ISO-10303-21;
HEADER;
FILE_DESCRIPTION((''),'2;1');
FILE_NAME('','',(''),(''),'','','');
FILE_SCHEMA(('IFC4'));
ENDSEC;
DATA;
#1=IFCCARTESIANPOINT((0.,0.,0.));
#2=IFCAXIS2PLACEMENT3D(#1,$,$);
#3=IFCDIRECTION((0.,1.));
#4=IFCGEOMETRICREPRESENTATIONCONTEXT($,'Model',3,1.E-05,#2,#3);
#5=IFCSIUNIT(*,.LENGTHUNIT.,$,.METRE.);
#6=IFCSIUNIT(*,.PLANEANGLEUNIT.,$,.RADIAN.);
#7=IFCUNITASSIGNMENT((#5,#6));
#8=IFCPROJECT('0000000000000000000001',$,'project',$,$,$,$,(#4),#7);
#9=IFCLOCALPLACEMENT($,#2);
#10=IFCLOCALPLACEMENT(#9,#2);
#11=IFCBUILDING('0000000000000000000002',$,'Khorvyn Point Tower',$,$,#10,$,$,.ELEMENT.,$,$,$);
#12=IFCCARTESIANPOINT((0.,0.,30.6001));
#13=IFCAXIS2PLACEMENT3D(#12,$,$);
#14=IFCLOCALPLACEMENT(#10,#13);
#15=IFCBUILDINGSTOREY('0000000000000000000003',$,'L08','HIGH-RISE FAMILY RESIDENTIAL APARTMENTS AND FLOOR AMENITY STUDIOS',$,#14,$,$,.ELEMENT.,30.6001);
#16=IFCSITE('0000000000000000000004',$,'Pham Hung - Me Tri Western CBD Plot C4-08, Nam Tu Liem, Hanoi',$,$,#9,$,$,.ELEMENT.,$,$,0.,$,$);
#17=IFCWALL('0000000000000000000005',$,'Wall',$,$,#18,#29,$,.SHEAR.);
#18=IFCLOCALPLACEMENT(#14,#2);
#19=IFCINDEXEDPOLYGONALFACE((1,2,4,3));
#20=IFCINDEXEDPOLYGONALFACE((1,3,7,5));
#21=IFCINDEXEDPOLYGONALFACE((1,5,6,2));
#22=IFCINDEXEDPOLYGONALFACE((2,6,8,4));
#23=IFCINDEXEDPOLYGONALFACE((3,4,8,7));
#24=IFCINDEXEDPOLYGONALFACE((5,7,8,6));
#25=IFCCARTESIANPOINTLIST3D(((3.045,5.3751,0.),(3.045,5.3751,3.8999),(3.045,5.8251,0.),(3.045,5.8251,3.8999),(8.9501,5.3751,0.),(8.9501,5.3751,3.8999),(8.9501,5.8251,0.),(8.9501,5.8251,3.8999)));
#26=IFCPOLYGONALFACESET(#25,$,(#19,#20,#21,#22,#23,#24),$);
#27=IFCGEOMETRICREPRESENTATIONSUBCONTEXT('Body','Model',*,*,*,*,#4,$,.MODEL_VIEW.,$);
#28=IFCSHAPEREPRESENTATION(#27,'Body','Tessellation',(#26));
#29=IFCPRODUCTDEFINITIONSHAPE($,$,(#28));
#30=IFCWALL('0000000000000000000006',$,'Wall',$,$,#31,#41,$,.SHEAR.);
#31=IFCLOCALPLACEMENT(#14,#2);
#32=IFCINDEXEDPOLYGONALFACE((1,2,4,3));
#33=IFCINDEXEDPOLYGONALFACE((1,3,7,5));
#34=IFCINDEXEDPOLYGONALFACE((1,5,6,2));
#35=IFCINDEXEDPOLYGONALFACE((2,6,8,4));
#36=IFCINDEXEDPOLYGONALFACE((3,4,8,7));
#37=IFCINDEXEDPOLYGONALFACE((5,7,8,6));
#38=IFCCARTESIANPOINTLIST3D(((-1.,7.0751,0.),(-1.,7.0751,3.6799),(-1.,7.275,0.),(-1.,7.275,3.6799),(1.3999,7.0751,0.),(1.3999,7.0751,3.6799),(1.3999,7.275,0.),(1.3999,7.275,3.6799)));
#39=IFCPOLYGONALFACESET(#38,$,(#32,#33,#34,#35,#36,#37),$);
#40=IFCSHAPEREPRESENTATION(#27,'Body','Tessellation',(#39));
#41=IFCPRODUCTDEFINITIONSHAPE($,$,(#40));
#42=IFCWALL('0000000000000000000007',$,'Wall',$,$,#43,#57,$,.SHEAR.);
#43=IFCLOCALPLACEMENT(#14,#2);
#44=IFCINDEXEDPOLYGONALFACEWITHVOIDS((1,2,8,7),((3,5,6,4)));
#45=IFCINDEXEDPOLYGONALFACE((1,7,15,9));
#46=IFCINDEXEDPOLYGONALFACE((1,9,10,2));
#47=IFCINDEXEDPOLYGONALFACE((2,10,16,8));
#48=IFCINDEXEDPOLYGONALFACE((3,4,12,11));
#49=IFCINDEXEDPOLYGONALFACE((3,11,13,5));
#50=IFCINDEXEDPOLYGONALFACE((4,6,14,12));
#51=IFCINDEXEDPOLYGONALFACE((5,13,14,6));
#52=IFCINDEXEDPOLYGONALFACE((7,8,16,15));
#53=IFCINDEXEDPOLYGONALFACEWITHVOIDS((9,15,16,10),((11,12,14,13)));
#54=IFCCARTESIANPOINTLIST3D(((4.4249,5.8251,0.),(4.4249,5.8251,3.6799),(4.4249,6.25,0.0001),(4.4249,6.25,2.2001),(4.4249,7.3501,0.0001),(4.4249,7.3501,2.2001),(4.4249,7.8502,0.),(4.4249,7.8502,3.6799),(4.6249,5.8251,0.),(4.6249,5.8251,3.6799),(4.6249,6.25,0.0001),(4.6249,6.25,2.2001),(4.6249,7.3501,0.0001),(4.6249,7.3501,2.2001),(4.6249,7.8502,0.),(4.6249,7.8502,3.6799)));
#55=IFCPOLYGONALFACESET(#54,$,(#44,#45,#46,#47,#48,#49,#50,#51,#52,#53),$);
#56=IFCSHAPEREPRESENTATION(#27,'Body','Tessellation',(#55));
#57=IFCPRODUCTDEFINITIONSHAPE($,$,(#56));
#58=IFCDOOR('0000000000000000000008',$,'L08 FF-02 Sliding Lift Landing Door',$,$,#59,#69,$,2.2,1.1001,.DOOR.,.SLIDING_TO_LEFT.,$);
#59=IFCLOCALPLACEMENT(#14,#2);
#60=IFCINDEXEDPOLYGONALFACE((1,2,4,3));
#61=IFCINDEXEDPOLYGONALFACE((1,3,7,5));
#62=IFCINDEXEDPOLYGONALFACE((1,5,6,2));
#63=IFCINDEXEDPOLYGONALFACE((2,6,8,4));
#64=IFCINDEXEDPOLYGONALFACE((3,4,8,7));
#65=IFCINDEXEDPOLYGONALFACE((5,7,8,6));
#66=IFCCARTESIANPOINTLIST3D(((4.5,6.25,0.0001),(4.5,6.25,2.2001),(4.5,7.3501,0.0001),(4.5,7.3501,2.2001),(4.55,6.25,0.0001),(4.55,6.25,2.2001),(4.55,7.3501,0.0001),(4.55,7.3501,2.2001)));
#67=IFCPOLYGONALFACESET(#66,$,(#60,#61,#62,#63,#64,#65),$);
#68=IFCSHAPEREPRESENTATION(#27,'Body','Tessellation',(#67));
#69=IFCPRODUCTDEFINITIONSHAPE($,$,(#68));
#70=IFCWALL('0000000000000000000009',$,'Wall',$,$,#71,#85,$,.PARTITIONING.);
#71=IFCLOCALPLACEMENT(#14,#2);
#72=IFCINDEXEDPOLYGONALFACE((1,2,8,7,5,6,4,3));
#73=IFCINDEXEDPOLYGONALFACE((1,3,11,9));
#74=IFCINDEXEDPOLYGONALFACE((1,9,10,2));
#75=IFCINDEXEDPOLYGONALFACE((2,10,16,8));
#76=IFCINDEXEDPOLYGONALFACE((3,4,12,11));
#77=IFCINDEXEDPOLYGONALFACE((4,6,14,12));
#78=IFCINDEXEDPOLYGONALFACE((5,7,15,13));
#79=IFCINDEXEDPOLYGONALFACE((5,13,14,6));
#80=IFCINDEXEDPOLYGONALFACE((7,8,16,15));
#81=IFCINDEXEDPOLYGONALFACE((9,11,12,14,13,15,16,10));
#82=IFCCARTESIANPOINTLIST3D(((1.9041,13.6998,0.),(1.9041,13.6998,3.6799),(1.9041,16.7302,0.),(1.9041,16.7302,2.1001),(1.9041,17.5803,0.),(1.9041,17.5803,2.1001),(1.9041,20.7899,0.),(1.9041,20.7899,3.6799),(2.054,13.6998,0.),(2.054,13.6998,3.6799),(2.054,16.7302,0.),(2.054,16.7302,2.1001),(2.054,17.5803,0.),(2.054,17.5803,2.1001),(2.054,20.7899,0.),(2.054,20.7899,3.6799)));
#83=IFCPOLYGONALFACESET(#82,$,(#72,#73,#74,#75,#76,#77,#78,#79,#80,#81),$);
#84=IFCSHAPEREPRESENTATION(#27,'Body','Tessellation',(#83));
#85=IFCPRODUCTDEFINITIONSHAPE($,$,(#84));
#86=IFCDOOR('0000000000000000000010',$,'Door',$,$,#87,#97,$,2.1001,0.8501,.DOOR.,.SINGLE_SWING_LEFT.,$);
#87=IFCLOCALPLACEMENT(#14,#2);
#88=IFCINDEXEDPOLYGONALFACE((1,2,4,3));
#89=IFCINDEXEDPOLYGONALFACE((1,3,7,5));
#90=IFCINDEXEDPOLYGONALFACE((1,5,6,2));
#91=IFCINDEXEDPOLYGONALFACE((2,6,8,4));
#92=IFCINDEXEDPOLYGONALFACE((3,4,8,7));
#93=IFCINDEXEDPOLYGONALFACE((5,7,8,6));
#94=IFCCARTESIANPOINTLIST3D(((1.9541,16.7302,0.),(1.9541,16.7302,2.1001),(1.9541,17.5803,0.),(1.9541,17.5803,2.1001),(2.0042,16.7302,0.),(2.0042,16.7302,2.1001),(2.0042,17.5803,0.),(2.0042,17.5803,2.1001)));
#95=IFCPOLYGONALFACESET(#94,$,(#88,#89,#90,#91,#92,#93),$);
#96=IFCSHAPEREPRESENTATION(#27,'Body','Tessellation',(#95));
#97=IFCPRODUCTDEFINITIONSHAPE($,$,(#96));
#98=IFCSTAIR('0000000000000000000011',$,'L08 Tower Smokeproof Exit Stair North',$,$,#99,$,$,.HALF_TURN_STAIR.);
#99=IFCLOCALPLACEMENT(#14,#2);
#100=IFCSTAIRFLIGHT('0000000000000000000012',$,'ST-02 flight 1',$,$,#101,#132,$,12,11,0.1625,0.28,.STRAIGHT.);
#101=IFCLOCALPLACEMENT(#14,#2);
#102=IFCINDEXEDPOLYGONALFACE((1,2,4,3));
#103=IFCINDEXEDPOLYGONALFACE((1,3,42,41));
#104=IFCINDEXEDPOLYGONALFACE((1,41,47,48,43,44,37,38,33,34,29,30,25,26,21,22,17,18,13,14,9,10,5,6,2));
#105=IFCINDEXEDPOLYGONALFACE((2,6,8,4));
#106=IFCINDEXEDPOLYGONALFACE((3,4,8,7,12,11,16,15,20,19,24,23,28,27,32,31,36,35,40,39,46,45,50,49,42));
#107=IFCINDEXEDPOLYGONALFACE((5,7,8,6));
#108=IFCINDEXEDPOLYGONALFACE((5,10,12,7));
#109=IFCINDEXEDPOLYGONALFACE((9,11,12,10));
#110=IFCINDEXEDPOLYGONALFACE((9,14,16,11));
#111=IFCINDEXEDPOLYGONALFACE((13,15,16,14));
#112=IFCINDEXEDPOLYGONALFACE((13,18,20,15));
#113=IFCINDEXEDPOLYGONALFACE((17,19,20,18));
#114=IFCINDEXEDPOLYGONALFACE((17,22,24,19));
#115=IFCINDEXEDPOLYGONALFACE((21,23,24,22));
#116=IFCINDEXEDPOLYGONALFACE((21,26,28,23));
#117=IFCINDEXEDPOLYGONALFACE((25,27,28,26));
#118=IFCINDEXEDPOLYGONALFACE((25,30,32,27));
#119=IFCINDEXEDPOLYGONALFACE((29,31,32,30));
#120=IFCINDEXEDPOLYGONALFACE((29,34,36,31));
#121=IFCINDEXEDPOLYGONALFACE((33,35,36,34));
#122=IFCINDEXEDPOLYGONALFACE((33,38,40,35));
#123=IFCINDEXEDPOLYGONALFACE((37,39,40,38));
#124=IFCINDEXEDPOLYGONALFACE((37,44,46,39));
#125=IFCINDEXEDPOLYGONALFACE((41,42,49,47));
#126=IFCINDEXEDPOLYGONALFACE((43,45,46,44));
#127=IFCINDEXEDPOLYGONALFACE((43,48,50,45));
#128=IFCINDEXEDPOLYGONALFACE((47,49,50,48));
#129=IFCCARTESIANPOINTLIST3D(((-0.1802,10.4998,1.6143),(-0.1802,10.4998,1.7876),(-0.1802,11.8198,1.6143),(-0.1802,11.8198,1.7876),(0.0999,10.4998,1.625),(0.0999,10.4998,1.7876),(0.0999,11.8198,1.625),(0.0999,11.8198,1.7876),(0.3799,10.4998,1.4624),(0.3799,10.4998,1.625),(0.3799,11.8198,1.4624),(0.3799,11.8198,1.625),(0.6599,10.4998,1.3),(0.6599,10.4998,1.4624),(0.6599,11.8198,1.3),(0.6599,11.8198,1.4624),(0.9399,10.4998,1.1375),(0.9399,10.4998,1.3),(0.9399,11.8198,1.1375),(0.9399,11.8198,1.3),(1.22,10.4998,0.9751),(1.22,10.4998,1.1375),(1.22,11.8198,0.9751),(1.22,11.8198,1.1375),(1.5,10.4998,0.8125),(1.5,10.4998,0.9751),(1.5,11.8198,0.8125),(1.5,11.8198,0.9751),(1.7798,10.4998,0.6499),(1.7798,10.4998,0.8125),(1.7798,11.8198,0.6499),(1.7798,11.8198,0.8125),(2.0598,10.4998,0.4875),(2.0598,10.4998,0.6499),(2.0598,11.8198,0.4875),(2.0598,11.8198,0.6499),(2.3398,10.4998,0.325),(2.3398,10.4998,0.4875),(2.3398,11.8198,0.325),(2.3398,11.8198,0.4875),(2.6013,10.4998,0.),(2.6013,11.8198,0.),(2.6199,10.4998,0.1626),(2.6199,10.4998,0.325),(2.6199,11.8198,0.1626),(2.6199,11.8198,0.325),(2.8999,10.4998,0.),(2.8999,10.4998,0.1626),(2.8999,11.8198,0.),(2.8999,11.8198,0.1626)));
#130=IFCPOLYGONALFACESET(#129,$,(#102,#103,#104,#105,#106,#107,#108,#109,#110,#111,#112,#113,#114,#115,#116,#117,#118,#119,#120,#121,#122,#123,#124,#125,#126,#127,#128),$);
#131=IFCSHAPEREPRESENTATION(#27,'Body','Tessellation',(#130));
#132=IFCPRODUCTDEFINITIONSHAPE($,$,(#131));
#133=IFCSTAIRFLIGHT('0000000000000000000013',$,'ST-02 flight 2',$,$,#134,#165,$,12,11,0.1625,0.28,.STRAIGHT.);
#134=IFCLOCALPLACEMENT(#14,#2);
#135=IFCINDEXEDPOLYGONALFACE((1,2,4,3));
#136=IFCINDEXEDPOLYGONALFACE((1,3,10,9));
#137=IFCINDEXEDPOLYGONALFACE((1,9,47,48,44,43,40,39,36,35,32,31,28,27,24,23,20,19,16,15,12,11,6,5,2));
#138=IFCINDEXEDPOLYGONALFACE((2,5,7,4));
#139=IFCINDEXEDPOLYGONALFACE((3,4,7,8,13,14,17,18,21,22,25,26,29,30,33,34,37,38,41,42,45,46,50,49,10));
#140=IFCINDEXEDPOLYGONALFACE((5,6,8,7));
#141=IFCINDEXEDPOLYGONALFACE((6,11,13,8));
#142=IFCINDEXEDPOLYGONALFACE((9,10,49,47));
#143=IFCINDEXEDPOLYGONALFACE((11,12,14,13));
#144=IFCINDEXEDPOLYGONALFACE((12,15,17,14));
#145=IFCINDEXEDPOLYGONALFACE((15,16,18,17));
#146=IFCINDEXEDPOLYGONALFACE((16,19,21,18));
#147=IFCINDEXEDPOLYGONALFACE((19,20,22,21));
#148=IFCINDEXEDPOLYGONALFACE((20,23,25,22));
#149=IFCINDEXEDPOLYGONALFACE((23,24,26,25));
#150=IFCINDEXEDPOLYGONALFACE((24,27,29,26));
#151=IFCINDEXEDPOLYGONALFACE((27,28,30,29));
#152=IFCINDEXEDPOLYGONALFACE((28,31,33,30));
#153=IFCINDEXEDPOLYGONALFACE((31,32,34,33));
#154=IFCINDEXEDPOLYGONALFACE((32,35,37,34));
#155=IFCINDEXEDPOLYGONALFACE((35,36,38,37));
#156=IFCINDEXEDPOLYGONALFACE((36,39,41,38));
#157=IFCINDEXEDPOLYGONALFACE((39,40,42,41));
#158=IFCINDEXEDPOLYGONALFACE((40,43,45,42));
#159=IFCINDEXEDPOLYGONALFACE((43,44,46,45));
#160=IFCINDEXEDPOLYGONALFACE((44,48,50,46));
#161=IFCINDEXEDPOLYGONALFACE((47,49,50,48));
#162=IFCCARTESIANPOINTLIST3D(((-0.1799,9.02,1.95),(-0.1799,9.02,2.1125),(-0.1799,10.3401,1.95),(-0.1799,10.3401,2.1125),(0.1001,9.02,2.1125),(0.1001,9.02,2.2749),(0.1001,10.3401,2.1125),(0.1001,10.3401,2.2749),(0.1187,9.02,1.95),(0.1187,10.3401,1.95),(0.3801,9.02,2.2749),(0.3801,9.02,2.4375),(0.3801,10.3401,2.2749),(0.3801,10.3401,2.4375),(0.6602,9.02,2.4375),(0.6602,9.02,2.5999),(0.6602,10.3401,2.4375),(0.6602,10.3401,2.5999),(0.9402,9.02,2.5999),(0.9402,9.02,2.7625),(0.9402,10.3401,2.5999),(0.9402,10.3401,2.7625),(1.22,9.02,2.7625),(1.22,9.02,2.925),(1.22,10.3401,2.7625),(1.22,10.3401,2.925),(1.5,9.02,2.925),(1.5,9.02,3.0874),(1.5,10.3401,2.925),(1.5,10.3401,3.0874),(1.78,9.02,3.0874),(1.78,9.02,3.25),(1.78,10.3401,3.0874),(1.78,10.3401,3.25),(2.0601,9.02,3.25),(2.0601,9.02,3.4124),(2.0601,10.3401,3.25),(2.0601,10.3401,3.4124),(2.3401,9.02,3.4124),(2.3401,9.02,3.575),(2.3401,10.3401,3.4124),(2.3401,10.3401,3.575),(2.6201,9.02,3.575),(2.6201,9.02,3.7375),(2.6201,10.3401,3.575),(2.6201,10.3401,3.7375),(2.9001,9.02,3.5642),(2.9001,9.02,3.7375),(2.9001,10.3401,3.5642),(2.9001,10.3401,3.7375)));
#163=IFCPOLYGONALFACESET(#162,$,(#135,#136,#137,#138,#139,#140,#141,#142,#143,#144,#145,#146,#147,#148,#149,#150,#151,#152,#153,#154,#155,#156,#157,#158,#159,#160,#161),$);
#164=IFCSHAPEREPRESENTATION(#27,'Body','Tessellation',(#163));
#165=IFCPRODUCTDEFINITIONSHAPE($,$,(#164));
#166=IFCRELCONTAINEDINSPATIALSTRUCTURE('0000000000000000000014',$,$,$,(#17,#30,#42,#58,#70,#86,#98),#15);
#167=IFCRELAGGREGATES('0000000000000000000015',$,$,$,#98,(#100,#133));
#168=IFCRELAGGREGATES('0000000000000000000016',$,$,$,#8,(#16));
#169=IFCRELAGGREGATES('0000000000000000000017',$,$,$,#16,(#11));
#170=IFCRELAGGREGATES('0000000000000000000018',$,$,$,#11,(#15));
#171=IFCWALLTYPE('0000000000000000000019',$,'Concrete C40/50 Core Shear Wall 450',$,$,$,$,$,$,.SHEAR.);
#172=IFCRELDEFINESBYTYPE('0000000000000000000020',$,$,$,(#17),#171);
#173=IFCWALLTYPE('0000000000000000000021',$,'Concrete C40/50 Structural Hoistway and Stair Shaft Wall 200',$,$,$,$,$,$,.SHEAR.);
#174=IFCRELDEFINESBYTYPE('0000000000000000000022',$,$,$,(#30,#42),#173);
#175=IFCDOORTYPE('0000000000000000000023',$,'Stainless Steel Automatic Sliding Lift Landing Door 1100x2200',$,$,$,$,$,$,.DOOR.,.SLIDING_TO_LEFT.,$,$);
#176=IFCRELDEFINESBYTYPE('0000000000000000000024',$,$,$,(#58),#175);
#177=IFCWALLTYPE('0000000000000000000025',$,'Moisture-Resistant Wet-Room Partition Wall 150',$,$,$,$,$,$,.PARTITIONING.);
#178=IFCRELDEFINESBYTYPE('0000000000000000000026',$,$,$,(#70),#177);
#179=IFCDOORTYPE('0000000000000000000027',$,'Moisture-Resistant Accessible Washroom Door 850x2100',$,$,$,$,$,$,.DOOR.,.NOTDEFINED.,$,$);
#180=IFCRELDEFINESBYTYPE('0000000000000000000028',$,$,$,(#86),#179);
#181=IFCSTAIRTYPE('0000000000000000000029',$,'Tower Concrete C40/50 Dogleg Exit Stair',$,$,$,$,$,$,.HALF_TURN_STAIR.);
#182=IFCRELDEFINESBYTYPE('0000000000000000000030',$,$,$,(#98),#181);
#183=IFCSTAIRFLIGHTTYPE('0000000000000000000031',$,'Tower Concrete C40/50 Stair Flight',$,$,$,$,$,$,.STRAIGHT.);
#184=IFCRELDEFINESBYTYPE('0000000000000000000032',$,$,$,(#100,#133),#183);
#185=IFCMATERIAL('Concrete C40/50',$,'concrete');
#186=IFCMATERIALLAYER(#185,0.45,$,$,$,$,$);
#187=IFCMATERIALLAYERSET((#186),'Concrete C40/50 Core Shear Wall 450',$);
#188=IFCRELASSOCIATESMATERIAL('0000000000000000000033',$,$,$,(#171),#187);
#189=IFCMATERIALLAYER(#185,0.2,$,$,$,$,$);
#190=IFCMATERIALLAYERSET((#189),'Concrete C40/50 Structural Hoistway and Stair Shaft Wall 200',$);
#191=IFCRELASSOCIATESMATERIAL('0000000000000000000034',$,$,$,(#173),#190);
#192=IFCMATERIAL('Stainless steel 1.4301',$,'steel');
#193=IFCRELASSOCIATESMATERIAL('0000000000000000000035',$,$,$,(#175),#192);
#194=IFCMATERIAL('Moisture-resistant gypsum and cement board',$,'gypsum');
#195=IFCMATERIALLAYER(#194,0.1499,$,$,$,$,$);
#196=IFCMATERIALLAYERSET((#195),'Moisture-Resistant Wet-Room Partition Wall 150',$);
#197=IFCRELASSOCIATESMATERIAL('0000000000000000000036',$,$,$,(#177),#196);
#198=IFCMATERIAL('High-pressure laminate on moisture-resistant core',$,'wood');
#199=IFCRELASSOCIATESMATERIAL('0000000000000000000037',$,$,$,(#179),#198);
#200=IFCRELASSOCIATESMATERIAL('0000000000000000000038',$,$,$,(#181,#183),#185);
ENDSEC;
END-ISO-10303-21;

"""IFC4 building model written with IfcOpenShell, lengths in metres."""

from ifc_helpers import new_model, si_unit, direction, frame, frame_2d, origin, place, context, subcontext, project, spatial, polyline, rectangle, outline, extrude, material, layer, layer_set, type_object, element, fill, aggregate, save


model = new_model("IFC4")

# Units and contexts
model_context = context("Model", 3, precision=1e-05, world=origin(), true_north=direction((0.0, 1.0)))
body_context = subcontext(model_context, "Body", "Model", "MODEL_VIEW")
ifc_project = project(units=[si_unit("LENGTHUNIT", "METRE"), si_unit("PLANEANGLEUNIT", "RADIAN")], contexts=[model_context])

# Site, building, storey
site_placement = place(None, origin())
site = spatial("IfcSite", under=ifc_project, at=site_placement, Name="Pham Hung - Me Tri Western CBD Plot C4-08, Nam Tu Liem, Hanoi", CompositionType="ELEMENT", RefElevation=0.0)
building_placement = place(site_placement, origin())
building = spatial("IfcBuilding", under=site, at=building_placement, Name="Khorvyn Point Tower", CompositionType="ELEMENT")
storey_placement = place(building_placement, frame((0.0, 0.0, 30.6001)))
storey = spatial("IfcBuildingStorey", under=building, at=storey_placement, Name="L08", Description="HIGH-RISE FAMILY RESIDENTIAL APARTMENTS AND FLOOR AMENITY STUDIOS", CompositionType="ELEMENT", Elevation=30.6001)

# Wall
ifc_material_1 = material(Name="Concrete C40/50", Category="concrete")
ifc_layer_1 = layer(ifc_material_1, 0.45)
ifc_layer_set_1 = layer_set([ifc_layer_1], Name="Concrete C40/50 Core Shear Wall 450")
wall_type_1 = type_object("IfcWallType", Name="Concrete C40/50 Core Shear Wall 450", PredefinedType="SHEAR", material=ifc_layer_set_1)
wall_1_placement = place(storey_placement, frame((3.0449, 5.6001, 0.0), z_axis=(0.0, 0.0, 1.0), x_axis=(1.0, 0.0, 0.0)))
element("IfcWall", 1, at=wall_1_placement, inside=storey, type_object=wall_type_1, Name="Wall", PredefinedType="SHEAR", context=body_context, shape_type="SweptSolid", body=[
    extrude(rectangle(XDim=5.905, YDim=0.45, at=frame_2d((2.9526, 0.0))), origin(), (0.0, 0.0, 1.0), 3.8999),
])

# Wall
ifc_layer_2 = layer(ifc_material_1, 0.2)
ifc_layer_set_2 = layer_set([ifc_layer_2], Name="Concrete C40/50 Structural Hoistway and Stair Shaft Wall 200")
wall_type_2 = type_object("IfcWallType", Name="Concrete C40/50 Structural Hoistway and Stair Shaft Wall 200", PredefinedType="SHEAR", material=ifc_layer_set_2)
wall_2_placement = place(storey_placement, frame((-1.0, 7.175, 0.0), z_axis=(0.0, 0.0, 1.0), x_axis=(1.0, 0.0, 0.0)))
element("IfcWall", 2, at=wall_2_placement, inside=storey, type_object=wall_type_2, Name="Wall", PredefinedType="SHEAR", context=body_context, shape_type="SweptSolid", body=[
    extrude(rectangle(XDim=2.3999, YDim=0.2, at=frame_2d((1.2, 0.0))), origin(), (0.0, 0.0, 1.0), 3.6799),
])

# Walls, openings, doors
wall_3_placement = place(storey_placement, frame((4.5249, 5.825, 0.0), z_axis=(0.0, 0.0, 1.0), x_axis=(0.0, 1.0, 0.0)))
wall_3 = element("IfcWall", 3, at=wall_3_placement, inside=storey, type_object=wall_type_2, Name="Wall", PredefinedType="SHEAR", context=body_context, shape_type="SweptSolid", body=[
    extrude(rectangle(XDim=2.0251, YDim=0.2, at=frame_2d((1.0127, 0.0))), origin(), (0.0, 0.0, 1.0), 3.6799),
])
opening_1_placement = place(wall_3_placement, frame((0.425, 0.0, 0.0)))
opening_1 = element("IfcOpeningElement", 4, at=opening_1_placement, cuts=wall_3, PredefinedType="OPENING", context=body_context, shape_type="SweptSolid", body=[
    extrude(rectangle(XDim=1.1001, YDim=2.2, at=frame_2d((0.55, 1.1001))), frame((0.0, 0.1099, 0.0), z_axis=(0.0, -1.0, 0.0), x_axis=(1.0, 0.0, 0.0)), (0.0, 0.0, 1.0), 0.22),
])
ifc_material_2 = material(Name="Stainless steel 1.4301", Category="steel")
door_type_1 = type_object("IfcDoorType", Name="Stainless Steel Automatic Sliding Lift Landing Door 1100x2200", OperationType="SLIDING_TO_LEFT", PredefinedType="DOOR", material=ifc_material_2)
door_1_placement = place(opening_1_placement, origin())
door_1 = element("IfcDoor", 5, at=door_1_placement, inside=storey, type_object=door_type_1, Name="L08 FF-02 Sliding Lift Landing Door", OperationType="SLIDING_TO_LEFT", OverallHeight=2.2, OverallWidth=1.1001, PredefinedType="DOOR", context=body_context, shape_type="SweptSolid", body=[
    extrude(rectangle(XDim=1.1001, YDim=2.2, at=frame_2d((0.55, 1.1001))), frame((0.0, 0.0249, 0.0), z_axis=(0.0, -1.0, 0.0), x_axis=(1.0, 0.0, 0.0)), (0.0, 0.0, 1.0), 0.05),
])
fill(opening_1, door_1)
ifc_material_3 = material(Name="Moisture-resistant gypsum and cement board", Category="gypsum")
ifc_layer_3 = layer(ifc_material_3, 0.1499)
ifc_layer_set_3 = layer_set([ifc_layer_3], Name="Moisture-Resistant Wet-Room Partition Wall 150")
wall_type_3 = type_object("IfcWallType", Name="Moisture-Resistant Wet-Room Partition Wall 150", PredefinedType="PARTITIONING", material=ifc_layer_set_3)
wall_4_placement = place(storey_placement, frame((1.979, 13.7, 0.0), z_axis=(0.0, 0.0, 1.0), x_axis=(0.0, 1.0, 0.0)))
wall_4 = element("IfcWall", 6, at=wall_4_placement, inside=storey, type_object=wall_type_3, Name="Wall", PredefinedType="PARTITIONING", context=body_context, shape_type="SweptSolid", body=[
    extrude(rectangle(XDim=7.0901, YDim=0.1499, at=frame_2d((3.5449, 0.0))), origin(), (0.0, 0.0, 1.0), 3.6799),
])
opening_2_placement = place(wall_4_placement, frame((3.0303, 0.0, 0.0)))
opening_2 = element("IfcOpeningElement", 7, at=opening_2_placement, cuts=wall_4, PredefinedType="OPENING", context=body_context, shape_type="SweptSolid", body=[
    extrude(rectangle(XDim=0.8501, YDim=2.1001, at=frame_2d((0.425, 1.05))), frame((0.0, 0.085, 0.0), z_axis=(0.0, -1.0, 0.0), x_axis=(1.0, 0.0, 0.0)), (0.0, 0.0, 1.0), 0.1699),
])
ifc_material_4 = material(Name="High-pressure laminate on moisture-resistant core", Category="wood")
door_type_2 = type_object("IfcDoorType", Name="Moisture-Resistant Accessible Washroom Door 850x2100", OperationType="NOTDEFINED", PredefinedType="DOOR", material=ifc_material_4)
door_2_placement = place(opening_2_placement, origin())
door_2 = element("IfcDoor", 8, at=door_2_placement, inside=storey, type_object=door_type_2, Name="Door", OperationType="SINGLE_SWING_LEFT", OverallHeight=2.1001, OverallWidth=0.8501, PredefinedType="DOOR", context=body_context, shape_type="SweptSolid", body=[
    extrude(rectangle(XDim=0.8501, YDim=2.1001, at=frame_2d((0.425, 1.05))), frame((0.0, 0.0249, 0.0), z_axis=(0.0, -1.0, 0.0), x_axis=(1.0, 0.0, 0.0)), (0.0, 0.0, 1.0), 0.05),
])
fill(opening_2, door_2)

# Stair, stair flights
stair_type = type_object("IfcStairType", Name="Tower Concrete C40/50 Dogleg Exit Stair", PredefinedType="HALF_TURN_STAIR", material=ifc_material_1)
stair_placement = place(storey_placement, origin())
stair = element("IfcStair", 9, at=stair_placement, inside=storey, type_object=stair_type, Name="L08 Tower Smokeproof Exit Stair North", PredefinedType="HALF_TURN_STAIR")
stair_flight_type = type_object("IfcStairFlightType", Name="Tower Concrete C40/50 Stair Flight", PredefinedType="STRAIGHT", material=ifc_material_1)
stair_flight_1_placement = place(storey_placement, frame((2.8999, 11.1599, 0.0), z_axis=(0.0, 0.0, 1.0), x_axis=(-1.0, 0.0, 0.0)))
stair_flight_1 = element("IfcStairFlight", 10, at=stair_flight_1_placement, type_object=stair_flight_type, Name="ST-02 flight 1", NumberOfRisers=12, NumberOfTreads=11, PredefinedType="STRAIGHT", RiserHeight=0.1625, TreadLength=0.28, context=body_context, shape_type="SweptSolid", body=[
    extrude(outline(polyline([(0.0, 0.0), (0.0, 0.1626), (0.28, 0.1626), (0.28, 0.325), (0.5601, 0.325), (0.5601, 0.4875), (0.8401, 0.4875), (0.8401, 0.6499), (1.1201, 0.6499), (1.1201, 0.8125), (1.3999, 0.8125), (1.3999, 0.9751), (1.6799, 0.9751), (1.6799, 1.1375), (1.96, 1.1375), (1.96, 1.3), (2.24, 1.3), (2.24, 1.4624), (2.52, 1.4624), (2.52, 1.625), (2.8, 1.625), (2.8, 1.7876), (3.0801, 1.7876), (3.0801, 1.95), (3.0801, 1.6143), (0.2986, 0.0), (0.0, 0.0)])), frame((0.0, 0.6602, 0.0), z_axis=(0.0, -1.0, 0.0), x_axis=(1.0, 0.0, 0.0)), (0.0, 0.0, 1.0), 1.3201),
])
stair_flight_2_placement = place(storey_placement, frame((-0.1799, 9.6799, 1.95), z_axis=(0.0, 0.0, 1.0), x_axis=(1.0, 0.0, 0.0)))
stair_flight_2 = element("IfcStairFlight", 11, at=stair_flight_2_placement, type_object=stair_flight_type, Name="ST-02 flight 2", NumberOfRisers=12, NumberOfTreads=11, PredefinedType="STRAIGHT", RiserHeight=0.1625, TreadLength=0.28, context=body_context, shape_type="SweptSolid", body=[
    extrude(outline(polyline([(0.0, 0.0), (0.0, 0.1626), (0.28, 0.1626), (0.28, 0.325), (0.5601, 0.325), (0.5601, 0.4875), (0.8401, 0.4875), (0.8401, 0.6499), (1.1201, 0.6499), (1.1201, 0.8125), (1.3999, 0.8125), (1.3999, 0.9751), (1.6799, 0.9751), (1.6799, 1.1375), (1.96, 1.1375), (1.96, 1.3), (2.24, 1.3), (2.24, 1.4624), (2.52, 1.4624), (2.52, 1.625), (2.8, 1.625), (2.8, 1.7876), (3.0801, 1.7876), (3.0801, 1.95), (3.0801, 1.6143), (0.2986, 0.0), (0.0, 0.0)])), frame((0.0, 0.6602, 0.0), z_axis=(0.0, -1.0, 0.0), x_axis=(1.0, 0.0, 0.0)), (0.0, 0.0, 1.0), 1.3201),
])
aggregate(stair, [stair_flight_1, stair_flight_2])

save(model, "model.ifc")
